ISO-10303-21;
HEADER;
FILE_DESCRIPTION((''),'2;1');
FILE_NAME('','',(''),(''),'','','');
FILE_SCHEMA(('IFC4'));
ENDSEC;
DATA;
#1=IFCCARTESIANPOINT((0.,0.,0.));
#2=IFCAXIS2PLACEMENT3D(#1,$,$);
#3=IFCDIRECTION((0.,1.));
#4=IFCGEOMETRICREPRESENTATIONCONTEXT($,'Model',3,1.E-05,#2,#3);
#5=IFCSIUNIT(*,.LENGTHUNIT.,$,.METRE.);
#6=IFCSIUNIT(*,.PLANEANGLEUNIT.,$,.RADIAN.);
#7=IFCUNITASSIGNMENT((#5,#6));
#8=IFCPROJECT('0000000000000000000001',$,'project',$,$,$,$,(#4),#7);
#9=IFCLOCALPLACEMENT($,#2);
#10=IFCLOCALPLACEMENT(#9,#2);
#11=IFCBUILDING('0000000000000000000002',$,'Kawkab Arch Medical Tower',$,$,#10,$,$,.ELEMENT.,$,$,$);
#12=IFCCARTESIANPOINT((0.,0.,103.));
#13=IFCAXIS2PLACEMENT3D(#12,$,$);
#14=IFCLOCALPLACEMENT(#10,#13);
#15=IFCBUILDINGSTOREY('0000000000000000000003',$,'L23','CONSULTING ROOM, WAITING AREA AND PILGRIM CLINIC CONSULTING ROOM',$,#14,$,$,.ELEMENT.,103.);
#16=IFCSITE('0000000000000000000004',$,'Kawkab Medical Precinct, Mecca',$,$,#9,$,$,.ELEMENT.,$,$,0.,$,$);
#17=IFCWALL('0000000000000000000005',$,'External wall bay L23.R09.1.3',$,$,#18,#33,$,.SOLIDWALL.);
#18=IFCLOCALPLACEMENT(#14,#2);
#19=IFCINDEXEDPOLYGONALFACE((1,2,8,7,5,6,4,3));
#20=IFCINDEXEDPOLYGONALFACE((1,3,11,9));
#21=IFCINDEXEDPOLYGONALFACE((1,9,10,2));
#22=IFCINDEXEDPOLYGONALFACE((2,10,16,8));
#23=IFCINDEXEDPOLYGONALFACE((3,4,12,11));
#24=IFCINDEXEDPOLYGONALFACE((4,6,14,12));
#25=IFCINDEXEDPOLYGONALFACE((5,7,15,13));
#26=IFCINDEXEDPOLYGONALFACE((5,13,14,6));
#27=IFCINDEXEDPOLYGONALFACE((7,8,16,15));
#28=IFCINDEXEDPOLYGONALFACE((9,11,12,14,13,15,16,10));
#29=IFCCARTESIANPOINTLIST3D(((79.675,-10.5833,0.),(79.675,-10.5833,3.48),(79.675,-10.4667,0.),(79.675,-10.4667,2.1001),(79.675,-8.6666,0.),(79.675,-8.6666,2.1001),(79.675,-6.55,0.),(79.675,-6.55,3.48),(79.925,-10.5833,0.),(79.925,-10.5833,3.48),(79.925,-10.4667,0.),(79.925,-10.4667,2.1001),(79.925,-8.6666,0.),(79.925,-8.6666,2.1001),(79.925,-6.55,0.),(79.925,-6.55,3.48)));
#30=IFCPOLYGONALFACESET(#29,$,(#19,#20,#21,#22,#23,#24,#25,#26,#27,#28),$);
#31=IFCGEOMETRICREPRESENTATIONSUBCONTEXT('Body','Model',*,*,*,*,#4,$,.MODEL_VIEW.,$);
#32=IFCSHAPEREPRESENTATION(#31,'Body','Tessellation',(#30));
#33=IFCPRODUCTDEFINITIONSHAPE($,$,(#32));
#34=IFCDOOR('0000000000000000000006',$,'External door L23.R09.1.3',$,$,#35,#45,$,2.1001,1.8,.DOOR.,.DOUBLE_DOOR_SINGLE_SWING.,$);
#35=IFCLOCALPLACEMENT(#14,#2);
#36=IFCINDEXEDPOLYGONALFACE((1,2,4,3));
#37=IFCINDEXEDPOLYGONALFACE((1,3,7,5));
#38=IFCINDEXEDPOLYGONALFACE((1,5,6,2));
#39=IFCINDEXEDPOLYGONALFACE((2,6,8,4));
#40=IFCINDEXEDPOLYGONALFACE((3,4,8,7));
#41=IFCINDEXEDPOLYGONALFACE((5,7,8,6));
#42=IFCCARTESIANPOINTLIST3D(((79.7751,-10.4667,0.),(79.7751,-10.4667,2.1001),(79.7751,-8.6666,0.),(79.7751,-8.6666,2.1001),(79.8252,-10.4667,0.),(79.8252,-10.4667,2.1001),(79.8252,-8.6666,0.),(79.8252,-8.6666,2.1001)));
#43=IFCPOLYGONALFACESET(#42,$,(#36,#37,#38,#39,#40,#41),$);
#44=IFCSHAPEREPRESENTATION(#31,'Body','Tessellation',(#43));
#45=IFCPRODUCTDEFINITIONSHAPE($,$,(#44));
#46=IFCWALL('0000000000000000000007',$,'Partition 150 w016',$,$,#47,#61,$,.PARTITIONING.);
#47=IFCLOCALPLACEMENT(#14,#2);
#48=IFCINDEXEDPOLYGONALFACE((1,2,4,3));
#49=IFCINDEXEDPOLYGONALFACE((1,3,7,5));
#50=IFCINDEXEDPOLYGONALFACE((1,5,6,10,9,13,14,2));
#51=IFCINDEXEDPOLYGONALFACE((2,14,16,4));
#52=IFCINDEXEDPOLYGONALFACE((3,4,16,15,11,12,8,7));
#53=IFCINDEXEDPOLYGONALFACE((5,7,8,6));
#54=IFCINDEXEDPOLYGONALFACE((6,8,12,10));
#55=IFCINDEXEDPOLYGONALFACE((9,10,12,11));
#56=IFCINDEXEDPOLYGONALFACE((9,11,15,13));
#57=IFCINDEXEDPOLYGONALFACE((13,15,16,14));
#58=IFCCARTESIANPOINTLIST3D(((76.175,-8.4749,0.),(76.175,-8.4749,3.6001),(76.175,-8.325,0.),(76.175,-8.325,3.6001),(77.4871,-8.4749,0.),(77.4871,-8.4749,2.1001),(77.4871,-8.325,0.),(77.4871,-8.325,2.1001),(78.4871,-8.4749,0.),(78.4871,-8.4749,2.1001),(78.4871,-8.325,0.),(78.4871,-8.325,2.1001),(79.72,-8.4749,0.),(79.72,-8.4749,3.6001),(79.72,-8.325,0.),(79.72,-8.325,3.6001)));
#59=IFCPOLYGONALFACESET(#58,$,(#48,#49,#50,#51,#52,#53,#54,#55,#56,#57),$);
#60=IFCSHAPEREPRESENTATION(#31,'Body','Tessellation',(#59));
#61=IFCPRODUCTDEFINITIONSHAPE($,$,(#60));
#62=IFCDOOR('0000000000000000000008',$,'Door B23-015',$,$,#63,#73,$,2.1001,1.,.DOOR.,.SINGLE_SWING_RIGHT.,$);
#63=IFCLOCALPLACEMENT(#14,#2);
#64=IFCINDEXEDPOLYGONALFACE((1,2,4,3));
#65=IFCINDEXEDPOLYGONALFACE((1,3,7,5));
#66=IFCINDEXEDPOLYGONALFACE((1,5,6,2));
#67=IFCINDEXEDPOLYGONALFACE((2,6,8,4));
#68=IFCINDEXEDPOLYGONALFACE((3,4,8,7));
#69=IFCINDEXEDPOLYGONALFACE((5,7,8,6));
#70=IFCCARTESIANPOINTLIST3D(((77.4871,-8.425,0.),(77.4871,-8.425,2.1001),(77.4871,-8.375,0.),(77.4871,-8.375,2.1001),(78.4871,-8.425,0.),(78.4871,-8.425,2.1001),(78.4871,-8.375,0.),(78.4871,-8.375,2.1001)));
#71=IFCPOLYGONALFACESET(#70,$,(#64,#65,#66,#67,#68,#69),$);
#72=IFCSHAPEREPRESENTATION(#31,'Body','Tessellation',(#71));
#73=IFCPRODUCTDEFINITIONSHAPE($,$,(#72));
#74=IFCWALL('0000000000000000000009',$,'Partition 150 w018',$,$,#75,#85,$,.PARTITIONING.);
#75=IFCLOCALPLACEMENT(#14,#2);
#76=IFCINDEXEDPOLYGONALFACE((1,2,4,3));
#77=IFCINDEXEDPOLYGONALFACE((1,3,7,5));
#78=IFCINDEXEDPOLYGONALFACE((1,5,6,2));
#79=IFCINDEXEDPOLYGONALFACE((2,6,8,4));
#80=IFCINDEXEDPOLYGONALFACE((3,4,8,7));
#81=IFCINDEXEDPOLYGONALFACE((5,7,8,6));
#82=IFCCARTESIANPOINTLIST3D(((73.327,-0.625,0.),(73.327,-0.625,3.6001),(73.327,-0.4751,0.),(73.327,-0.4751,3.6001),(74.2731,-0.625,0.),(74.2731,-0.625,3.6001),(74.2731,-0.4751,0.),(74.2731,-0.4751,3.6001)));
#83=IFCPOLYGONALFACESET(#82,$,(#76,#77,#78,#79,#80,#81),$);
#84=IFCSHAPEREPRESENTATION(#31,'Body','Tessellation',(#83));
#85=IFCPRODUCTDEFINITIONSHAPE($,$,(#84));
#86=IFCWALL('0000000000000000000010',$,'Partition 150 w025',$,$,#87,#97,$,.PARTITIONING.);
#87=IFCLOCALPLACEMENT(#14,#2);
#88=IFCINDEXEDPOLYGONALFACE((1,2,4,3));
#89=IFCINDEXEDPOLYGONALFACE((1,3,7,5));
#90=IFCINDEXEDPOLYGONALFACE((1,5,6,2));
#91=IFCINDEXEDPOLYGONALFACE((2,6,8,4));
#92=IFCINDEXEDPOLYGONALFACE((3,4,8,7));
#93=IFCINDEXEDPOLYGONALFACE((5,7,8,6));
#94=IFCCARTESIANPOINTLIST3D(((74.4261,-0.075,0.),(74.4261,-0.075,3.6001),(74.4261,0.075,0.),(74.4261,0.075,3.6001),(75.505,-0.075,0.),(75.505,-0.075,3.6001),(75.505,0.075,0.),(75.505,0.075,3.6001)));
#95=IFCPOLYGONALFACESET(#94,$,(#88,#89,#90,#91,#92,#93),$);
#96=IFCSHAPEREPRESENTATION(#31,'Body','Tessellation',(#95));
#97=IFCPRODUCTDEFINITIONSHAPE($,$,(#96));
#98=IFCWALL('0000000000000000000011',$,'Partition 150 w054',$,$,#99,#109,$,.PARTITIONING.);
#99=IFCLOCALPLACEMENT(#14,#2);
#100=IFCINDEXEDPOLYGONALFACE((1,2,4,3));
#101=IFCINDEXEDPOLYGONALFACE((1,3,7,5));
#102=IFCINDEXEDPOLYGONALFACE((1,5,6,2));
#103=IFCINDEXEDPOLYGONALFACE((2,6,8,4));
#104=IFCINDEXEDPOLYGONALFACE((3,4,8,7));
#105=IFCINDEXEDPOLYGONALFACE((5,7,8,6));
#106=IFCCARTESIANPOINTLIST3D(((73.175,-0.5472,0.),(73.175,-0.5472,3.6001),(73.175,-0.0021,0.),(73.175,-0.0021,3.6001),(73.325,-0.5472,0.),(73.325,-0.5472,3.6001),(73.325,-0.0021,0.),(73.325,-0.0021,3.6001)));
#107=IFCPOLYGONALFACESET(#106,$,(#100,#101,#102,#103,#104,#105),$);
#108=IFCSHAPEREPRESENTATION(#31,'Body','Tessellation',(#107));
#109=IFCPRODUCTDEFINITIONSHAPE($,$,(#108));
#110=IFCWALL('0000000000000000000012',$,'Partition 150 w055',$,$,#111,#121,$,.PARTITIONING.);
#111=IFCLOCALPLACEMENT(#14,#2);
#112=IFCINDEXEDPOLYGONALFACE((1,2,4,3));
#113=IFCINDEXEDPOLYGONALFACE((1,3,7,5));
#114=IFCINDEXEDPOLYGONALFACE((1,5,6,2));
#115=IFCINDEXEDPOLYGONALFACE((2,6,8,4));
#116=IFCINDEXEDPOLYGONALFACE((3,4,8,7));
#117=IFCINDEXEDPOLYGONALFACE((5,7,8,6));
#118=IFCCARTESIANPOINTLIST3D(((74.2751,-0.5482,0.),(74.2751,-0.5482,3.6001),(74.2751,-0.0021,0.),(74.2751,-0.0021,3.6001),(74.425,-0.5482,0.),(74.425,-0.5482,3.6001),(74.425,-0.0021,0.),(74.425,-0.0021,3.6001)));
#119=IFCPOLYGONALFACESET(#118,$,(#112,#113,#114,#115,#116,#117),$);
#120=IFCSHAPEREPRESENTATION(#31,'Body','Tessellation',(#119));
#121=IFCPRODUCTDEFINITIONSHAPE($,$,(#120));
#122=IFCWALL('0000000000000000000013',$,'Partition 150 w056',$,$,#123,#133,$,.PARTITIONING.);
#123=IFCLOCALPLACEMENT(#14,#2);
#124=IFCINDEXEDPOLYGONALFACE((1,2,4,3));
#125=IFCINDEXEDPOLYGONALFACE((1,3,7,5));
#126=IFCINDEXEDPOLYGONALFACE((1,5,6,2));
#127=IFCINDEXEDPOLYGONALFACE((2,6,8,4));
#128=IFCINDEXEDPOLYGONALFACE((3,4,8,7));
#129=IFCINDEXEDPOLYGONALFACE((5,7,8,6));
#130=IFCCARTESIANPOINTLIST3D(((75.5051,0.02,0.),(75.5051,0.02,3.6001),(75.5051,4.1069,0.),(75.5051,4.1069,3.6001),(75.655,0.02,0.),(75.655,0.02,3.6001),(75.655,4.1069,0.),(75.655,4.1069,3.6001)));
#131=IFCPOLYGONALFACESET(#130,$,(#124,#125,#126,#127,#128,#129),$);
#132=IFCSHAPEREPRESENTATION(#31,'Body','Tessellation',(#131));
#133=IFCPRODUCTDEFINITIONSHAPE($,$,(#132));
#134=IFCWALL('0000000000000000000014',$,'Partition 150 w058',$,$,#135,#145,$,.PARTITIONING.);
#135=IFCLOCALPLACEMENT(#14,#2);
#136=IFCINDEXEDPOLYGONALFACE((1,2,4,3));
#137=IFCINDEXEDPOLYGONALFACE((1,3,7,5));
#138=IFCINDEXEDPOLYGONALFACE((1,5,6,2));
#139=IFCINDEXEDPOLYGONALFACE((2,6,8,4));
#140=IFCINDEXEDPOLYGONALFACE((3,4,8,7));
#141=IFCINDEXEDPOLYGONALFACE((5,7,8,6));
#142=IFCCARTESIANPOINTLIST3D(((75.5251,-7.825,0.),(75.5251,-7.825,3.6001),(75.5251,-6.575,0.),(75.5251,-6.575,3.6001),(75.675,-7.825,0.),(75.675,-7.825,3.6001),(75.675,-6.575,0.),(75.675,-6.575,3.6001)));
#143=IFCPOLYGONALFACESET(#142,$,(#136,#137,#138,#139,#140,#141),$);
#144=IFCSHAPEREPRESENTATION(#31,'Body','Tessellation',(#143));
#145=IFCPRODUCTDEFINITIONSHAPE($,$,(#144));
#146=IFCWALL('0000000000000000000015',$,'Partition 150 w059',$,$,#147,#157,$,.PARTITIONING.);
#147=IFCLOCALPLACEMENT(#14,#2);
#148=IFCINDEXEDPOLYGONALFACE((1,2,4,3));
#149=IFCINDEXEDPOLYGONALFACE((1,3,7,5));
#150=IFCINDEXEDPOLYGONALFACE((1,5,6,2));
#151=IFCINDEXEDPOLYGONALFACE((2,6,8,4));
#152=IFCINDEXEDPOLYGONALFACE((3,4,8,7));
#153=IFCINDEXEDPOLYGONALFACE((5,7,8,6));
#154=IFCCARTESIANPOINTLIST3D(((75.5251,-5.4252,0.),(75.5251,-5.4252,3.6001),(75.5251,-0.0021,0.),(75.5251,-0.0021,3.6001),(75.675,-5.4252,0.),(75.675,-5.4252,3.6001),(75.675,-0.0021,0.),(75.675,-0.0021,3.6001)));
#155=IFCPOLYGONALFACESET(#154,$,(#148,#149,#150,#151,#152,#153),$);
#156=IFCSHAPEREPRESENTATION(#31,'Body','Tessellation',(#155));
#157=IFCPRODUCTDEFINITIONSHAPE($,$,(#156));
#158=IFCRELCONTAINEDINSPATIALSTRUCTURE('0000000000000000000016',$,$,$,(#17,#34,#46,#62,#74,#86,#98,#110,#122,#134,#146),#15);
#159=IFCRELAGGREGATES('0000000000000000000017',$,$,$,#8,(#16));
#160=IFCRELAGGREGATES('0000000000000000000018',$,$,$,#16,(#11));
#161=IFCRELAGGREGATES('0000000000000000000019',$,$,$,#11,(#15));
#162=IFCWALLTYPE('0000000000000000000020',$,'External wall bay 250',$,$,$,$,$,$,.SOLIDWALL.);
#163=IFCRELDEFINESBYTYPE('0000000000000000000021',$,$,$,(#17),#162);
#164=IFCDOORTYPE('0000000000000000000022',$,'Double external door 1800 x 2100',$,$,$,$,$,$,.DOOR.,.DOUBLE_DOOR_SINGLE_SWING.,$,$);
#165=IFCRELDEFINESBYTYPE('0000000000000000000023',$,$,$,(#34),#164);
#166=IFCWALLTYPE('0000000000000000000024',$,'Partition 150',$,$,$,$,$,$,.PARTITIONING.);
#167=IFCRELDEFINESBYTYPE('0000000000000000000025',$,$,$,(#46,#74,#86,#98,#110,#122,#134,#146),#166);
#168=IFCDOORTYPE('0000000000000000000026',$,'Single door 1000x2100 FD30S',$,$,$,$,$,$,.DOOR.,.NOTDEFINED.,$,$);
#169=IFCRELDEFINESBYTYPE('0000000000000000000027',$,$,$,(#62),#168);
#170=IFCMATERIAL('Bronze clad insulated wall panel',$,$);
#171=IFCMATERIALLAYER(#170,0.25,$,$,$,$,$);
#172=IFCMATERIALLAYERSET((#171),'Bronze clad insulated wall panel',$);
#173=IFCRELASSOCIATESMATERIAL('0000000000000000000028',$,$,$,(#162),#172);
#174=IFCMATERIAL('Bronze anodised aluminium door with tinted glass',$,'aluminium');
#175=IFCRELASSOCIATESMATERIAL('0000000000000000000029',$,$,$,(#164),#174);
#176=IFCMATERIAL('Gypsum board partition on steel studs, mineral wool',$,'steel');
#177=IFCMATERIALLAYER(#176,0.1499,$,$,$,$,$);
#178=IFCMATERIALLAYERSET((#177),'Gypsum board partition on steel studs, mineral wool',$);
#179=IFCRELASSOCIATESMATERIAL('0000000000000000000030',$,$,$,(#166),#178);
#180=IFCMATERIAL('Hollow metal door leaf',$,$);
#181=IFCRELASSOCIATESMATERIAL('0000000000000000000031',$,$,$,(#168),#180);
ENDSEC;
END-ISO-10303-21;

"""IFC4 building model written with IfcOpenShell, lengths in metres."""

from ifc_helpers import new_model, si_unit, direction, frame, frame_2d, origin, place, context, subcontext, project, spatial, rectangle, extrude, material, layer, layer_set, type_object, element, fill, save


model = new_model("IFC4")

# Units and contexts
model_context = context("Model", 3, precision=1e-05, world=origin(), true_north=direction((0.0, 1.0)))
body_context = subcontext(model_context, "Body", "Model", "MODEL_VIEW")
ifc_project = project(units=[si_unit("LENGTHUNIT", "METRE"), si_unit("PLANEANGLEUNIT", "RADIAN")], contexts=[model_context])

# Site, building, storey
site_placement = place(None, origin())
site = spatial("IfcSite", under=ifc_project, at=site_placement, Name="Kawkab Medical Precinct, Mecca", CompositionType="ELEMENT", RefElevation=0.0)
building_placement = place(site_placement, origin())
building = spatial("IfcBuilding", under=site, at=building_placement, Name="Kawkab Arch Medical Tower", CompositionType="ELEMENT")
storey_placement = place(building_placement, frame((0.0, 0.0, 103.0)))
storey = spatial("IfcBuildingStorey", under=building, at=storey_placement, Name="L23", Description="CONSULTING ROOM, WAITING AREA AND PILGRIM CLINIC CONSULTING ROOM", CompositionType="ELEMENT", Elevation=103.0)

# Walls, openings, doors
ifc_material_1 = material(Name="Bronze clad insulated wall panel")
ifc_layer_1 = layer(ifc_material_1, 0.25)
ifc_layer_set_1 = layer_set([ifc_layer_1], Name="Bronze clad insulated wall panel")
wall_type_1 = type_object("IfcWallType", Name="External wall bay 250", PredefinedType="SOLIDWALL", material=ifc_layer_set_1)
wall_1_placement = place(storey_placement, frame((79.8, -10.5833, 0.0), z_axis=(0.0, 0.0, 1.0), x_axis=(0.0, 1.0, 0.0)))
wall_1 = element("IfcWall", 1, at=wall_1_placement, inside=storey, type_object=wall_type_1, Name="External wall bay L23.R09.1.3", PredefinedType="SOLIDWALL", context=body_context, shape_type="SweptSolid", body=[
    extrude(rectangle(XDim=4.0332, YDim=0.25, at=frame_2d((2.0166, 0.0))), origin(), (0.0, 0.0, 1.0), 3.48),
])
opening_1_placement = place(wall_1_placement, frame((0.1167, 0.0, 0.0)))
opening_1 = element("IfcOpeningElement", 2, at=opening_1_placement, cuts=wall_1, PredefinedType="OPENING", context=body_context, shape_type="SweptSolid", body=[
    extrude(rectangle(XDim=1.8, YDim=2.1001, at=frame_2d((0.8999, 1.05))), frame((0.0, 0.135, 0.0), z_axis=(0.0, -1.0, 0.0), x_axis=(1.0, 0.0, 0.0)), (0.0, 0.0, 1.0), 0.27),
])
ifc_material_2 = material(Name="Bronze anodised aluminium door with tinted glass", Category="aluminium")
door_type_1 = type_object("IfcDoorType", Name="Double external door 1800 x 2100", OperationType="DOUBLE_DOOR_SINGLE_SWING", PredefinedType="DOOR", material=ifc_material_2)
door_1_placement = place(opening_1_placement, origin())
door_1 = element("IfcDoor", 3, at=door_1_placement, inside=storey, type_object=door_type_1, Name="External door L23.R09.1.3", OperationType="DOUBLE_DOOR_SINGLE_SWING", OverallHeight=2.1001, OverallWidth=1.8, PredefinedType="DOOR", context=body_context, shape_type="SweptSolid", body=[
    extrude(rectangle(XDim=1.8, YDim=2.1001, at=frame_2d((0.8999, 1.05))), frame((0.0, 0.0249, 0.0), z_axis=(0.0, -1.0, 0.0), x_axis=(1.0, 0.0, 0.0)), (0.0, 0.0, 1.0), 0.05),
])
fill(opening_1, door_1)
ifc_material_3 = material(Name="Gypsum board partition on steel studs, mineral wool", Category="steel")
ifc_layer_2 = layer(ifc_material_3, 0.1499)
ifc_layer_set_2 = layer_set([ifc_layer_2], Name="Gypsum board partition on steel studs, mineral wool")
wall_type_2 = type_object("IfcWallType", Name="Partition 150", PredefinedType="PARTITIONING", material=ifc_layer_set_2)
wall_2_placement = place(storey_placement, frame((76.175, -8.3999, 0.0), z_axis=(0.0, 0.0, 1.0), x_axis=(1.0, 0.0, 0.0)))
wall_2 = element("IfcWall", 4, at=wall_2_placement, inside=storey, type_object=wall_type_2, Name="Partition 150 w016", PredefinedType="PARTITIONING", context=body_context, shape_type="SweptSolid", body=[
    extrude(rectangle(XDim=3.5449, YDim=0.1499, at=frame_2d((1.7725, 0.0))), origin(), (0.0, 0.0, 1.0), 3.6001),
])
opening_2_placement = place(wall_2_placement, frame((1.312, 0.0, 0.0)))
opening_2 = element("IfcOpeningElement", 5, at=opening_2_placement, cuts=wall_2, PredefinedType="OPENING", context=body_context, shape_type="SweptSolid", body=[
    extrude(rectangle(XDim=1.0, YDim=2.1001, at=frame_2d((0.5, 1.05))), frame((0.0, 0.085, 0.0), z_axis=(0.0, -1.0, 0.0), x_axis=(1.0, 0.0, 0.0)), (0.0, 0.0, 1.0), 0.1699),
])
ifc_material_4 = material(Name="Hollow metal door leaf")
door_type_2 = type_object("IfcDoorType", Name="Single door 1000x2100 FD30S", OperationType="NOTDEFINED", PredefinedType="DOOR", material=ifc_material_4)
door_2_placement = place(opening_2_placement, origin())
door_2 = element("IfcDoor", 6, at=door_2_placement, inside=storey, type_object=door_type_2, Name="Door B23-015", OperationType="SINGLE_SWING_RIGHT", OverallHeight=2.1001, OverallWidth=1.0, PredefinedType="DOOR", context=body_context, shape_type="SweptSolid", body=[
    extrude(rectangle(XDim=1.0, YDim=2.1001, at=frame_2d((0.5, 1.05))), frame((0.0, 0.0249, 0.0), z_axis=(0.0, -1.0, 0.0), x_axis=(1.0, 0.0, 0.0)), (0.0, 0.0, 1.0), 0.05),
])
fill(opening_2, door_2)

# Walls
wall_3_placement = place(storey_placement, frame((73.3269, -0.55, 0.0), z_axis=(0.0, 0.0, 1.0), x_axis=(1.0, 0.0, 0.0)))
element("IfcWall", 7, at=wall_3_placement, inside=storey, type_object=wall_type_2, Name="Partition 150 w018", PredefinedType="PARTITIONING", context=body_context, shape_type="SweptSolid", body=[
    extrude(rectangle(XDim=0.946, YDim=0.1499, at=frame_2d((0.4731, 0.0))), origin(), (0.0, 0.0, 1.0), 3.6001),
])
wall_4_placement = place(storey_placement, frame((74.426, 0.0, 0.0), z_axis=(0.0, 0.0, 1.0), x_axis=(1.0, 0.0, 0.0)))
element("IfcWall", 8, at=wall_4_placement, inside=storey, type_object=wall_type_2, Name="Partition 150 w025", PredefinedType="PARTITIONING", context=body_context, shape_type="SweptSolid", body=[
    extrude(rectangle(XDim=1.0789, YDim=0.1499, at=frame_2d((0.5396, 0.0))), origin(), (0.0, 0.0, 1.0), 3.6001),
])
wall_5_placement = place(storey_placement, frame((73.25, -0.5471, 0.0), z_axis=(0.0, 0.0, 1.0), x_axis=(0.0, 1.0, 0.0)))
element("IfcWall", 9, at=wall_5_placement, inside=storey, type_object=wall_type_2, Name="Partition 150 w054", PredefinedType="PARTITIONING", context=body_context, shape_type="SweptSolid", body=[
    extrude(rectangle(XDim=0.5452, YDim=0.1499, at=frame_2d((0.2725, 0.0))), origin(), (0.0, 0.0, 1.0), 3.6001),
])
wall_6_placement = place(storey_placement, frame((74.3501, -0.5481, 0.0), z_axis=(0.0, 0.0, 1.0), x_axis=(0.0, 1.0, 0.0)))
element("IfcWall", 10, at=wall_6_placement, inside=storey, type_object=wall_type_2, Name="Partition 150 w055", PredefinedType="PARTITIONING", context=body_context, shape_type="SweptSolid", body=[
    extrude(rectangle(XDim=0.5461, YDim=0.1499, at=frame_2d((0.2729, 0.0))), origin(), (0.0, 0.0, 1.0), 3.6001),
])
wall_7_placement = place(storey_placement, frame((75.5801, 0.02, 0.0), z_axis=(0.0, 0.0, 1.0), x_axis=(0.0, 1.0, 0.0)))
element("IfcWall", 11, at=wall_7_placement, inside=storey, type_object=wall_type_2, Name="Partition 150 w056", PredefinedType="PARTITIONING", context=body_context, shape_type="SweptSolid", body=[
    extrude(rectangle(XDim=4.0869, YDim=0.1499, at=frame_2d((2.0435, 0.0))), origin(), (0.0, 0.0, 1.0), 3.6001),
])
wall_8_placement = place(storey_placement, frame((75.6001, -7.825, 0.0), z_axis=(0.0, 0.0, 1.0), x_axis=(0.0, 1.0, 0.0)))
element("IfcWall", 12, at=wall_8_placement, inside=storey, type_object=wall_type_2, Name="Partition 150 w058", PredefinedType="PARTITIONING", context=body_context, shape_type="SweptSolid", body=[
    extrude(rectangle(XDim=1.25, YDim=0.1499, at=frame_2d((0.625, 0.0))), origin(), (0.0, 0.0, 1.0), 3.6001),
])
wall_9_placement = place(storey_placement, frame((75.6001, -5.425, 0.0), z_axis=(0.0, 0.0, 1.0), x_axis=(0.0, 1.0, 0.0)))
element("IfcWall", 13, at=wall_9_placement, inside=storey, type_object=wall_type_2, Name="Partition 150 w059", PredefinedType="PARTITIONING", context=body_context, shape_type="SweptSolid", body=[
    extrude(rectangle(XDim=5.4231, YDim=0.1499, at=frame_2d((2.7114, 0.0))), origin(), (0.0, 0.0, 1.0), 3.6001),
])

save(model, "model.ifc")
